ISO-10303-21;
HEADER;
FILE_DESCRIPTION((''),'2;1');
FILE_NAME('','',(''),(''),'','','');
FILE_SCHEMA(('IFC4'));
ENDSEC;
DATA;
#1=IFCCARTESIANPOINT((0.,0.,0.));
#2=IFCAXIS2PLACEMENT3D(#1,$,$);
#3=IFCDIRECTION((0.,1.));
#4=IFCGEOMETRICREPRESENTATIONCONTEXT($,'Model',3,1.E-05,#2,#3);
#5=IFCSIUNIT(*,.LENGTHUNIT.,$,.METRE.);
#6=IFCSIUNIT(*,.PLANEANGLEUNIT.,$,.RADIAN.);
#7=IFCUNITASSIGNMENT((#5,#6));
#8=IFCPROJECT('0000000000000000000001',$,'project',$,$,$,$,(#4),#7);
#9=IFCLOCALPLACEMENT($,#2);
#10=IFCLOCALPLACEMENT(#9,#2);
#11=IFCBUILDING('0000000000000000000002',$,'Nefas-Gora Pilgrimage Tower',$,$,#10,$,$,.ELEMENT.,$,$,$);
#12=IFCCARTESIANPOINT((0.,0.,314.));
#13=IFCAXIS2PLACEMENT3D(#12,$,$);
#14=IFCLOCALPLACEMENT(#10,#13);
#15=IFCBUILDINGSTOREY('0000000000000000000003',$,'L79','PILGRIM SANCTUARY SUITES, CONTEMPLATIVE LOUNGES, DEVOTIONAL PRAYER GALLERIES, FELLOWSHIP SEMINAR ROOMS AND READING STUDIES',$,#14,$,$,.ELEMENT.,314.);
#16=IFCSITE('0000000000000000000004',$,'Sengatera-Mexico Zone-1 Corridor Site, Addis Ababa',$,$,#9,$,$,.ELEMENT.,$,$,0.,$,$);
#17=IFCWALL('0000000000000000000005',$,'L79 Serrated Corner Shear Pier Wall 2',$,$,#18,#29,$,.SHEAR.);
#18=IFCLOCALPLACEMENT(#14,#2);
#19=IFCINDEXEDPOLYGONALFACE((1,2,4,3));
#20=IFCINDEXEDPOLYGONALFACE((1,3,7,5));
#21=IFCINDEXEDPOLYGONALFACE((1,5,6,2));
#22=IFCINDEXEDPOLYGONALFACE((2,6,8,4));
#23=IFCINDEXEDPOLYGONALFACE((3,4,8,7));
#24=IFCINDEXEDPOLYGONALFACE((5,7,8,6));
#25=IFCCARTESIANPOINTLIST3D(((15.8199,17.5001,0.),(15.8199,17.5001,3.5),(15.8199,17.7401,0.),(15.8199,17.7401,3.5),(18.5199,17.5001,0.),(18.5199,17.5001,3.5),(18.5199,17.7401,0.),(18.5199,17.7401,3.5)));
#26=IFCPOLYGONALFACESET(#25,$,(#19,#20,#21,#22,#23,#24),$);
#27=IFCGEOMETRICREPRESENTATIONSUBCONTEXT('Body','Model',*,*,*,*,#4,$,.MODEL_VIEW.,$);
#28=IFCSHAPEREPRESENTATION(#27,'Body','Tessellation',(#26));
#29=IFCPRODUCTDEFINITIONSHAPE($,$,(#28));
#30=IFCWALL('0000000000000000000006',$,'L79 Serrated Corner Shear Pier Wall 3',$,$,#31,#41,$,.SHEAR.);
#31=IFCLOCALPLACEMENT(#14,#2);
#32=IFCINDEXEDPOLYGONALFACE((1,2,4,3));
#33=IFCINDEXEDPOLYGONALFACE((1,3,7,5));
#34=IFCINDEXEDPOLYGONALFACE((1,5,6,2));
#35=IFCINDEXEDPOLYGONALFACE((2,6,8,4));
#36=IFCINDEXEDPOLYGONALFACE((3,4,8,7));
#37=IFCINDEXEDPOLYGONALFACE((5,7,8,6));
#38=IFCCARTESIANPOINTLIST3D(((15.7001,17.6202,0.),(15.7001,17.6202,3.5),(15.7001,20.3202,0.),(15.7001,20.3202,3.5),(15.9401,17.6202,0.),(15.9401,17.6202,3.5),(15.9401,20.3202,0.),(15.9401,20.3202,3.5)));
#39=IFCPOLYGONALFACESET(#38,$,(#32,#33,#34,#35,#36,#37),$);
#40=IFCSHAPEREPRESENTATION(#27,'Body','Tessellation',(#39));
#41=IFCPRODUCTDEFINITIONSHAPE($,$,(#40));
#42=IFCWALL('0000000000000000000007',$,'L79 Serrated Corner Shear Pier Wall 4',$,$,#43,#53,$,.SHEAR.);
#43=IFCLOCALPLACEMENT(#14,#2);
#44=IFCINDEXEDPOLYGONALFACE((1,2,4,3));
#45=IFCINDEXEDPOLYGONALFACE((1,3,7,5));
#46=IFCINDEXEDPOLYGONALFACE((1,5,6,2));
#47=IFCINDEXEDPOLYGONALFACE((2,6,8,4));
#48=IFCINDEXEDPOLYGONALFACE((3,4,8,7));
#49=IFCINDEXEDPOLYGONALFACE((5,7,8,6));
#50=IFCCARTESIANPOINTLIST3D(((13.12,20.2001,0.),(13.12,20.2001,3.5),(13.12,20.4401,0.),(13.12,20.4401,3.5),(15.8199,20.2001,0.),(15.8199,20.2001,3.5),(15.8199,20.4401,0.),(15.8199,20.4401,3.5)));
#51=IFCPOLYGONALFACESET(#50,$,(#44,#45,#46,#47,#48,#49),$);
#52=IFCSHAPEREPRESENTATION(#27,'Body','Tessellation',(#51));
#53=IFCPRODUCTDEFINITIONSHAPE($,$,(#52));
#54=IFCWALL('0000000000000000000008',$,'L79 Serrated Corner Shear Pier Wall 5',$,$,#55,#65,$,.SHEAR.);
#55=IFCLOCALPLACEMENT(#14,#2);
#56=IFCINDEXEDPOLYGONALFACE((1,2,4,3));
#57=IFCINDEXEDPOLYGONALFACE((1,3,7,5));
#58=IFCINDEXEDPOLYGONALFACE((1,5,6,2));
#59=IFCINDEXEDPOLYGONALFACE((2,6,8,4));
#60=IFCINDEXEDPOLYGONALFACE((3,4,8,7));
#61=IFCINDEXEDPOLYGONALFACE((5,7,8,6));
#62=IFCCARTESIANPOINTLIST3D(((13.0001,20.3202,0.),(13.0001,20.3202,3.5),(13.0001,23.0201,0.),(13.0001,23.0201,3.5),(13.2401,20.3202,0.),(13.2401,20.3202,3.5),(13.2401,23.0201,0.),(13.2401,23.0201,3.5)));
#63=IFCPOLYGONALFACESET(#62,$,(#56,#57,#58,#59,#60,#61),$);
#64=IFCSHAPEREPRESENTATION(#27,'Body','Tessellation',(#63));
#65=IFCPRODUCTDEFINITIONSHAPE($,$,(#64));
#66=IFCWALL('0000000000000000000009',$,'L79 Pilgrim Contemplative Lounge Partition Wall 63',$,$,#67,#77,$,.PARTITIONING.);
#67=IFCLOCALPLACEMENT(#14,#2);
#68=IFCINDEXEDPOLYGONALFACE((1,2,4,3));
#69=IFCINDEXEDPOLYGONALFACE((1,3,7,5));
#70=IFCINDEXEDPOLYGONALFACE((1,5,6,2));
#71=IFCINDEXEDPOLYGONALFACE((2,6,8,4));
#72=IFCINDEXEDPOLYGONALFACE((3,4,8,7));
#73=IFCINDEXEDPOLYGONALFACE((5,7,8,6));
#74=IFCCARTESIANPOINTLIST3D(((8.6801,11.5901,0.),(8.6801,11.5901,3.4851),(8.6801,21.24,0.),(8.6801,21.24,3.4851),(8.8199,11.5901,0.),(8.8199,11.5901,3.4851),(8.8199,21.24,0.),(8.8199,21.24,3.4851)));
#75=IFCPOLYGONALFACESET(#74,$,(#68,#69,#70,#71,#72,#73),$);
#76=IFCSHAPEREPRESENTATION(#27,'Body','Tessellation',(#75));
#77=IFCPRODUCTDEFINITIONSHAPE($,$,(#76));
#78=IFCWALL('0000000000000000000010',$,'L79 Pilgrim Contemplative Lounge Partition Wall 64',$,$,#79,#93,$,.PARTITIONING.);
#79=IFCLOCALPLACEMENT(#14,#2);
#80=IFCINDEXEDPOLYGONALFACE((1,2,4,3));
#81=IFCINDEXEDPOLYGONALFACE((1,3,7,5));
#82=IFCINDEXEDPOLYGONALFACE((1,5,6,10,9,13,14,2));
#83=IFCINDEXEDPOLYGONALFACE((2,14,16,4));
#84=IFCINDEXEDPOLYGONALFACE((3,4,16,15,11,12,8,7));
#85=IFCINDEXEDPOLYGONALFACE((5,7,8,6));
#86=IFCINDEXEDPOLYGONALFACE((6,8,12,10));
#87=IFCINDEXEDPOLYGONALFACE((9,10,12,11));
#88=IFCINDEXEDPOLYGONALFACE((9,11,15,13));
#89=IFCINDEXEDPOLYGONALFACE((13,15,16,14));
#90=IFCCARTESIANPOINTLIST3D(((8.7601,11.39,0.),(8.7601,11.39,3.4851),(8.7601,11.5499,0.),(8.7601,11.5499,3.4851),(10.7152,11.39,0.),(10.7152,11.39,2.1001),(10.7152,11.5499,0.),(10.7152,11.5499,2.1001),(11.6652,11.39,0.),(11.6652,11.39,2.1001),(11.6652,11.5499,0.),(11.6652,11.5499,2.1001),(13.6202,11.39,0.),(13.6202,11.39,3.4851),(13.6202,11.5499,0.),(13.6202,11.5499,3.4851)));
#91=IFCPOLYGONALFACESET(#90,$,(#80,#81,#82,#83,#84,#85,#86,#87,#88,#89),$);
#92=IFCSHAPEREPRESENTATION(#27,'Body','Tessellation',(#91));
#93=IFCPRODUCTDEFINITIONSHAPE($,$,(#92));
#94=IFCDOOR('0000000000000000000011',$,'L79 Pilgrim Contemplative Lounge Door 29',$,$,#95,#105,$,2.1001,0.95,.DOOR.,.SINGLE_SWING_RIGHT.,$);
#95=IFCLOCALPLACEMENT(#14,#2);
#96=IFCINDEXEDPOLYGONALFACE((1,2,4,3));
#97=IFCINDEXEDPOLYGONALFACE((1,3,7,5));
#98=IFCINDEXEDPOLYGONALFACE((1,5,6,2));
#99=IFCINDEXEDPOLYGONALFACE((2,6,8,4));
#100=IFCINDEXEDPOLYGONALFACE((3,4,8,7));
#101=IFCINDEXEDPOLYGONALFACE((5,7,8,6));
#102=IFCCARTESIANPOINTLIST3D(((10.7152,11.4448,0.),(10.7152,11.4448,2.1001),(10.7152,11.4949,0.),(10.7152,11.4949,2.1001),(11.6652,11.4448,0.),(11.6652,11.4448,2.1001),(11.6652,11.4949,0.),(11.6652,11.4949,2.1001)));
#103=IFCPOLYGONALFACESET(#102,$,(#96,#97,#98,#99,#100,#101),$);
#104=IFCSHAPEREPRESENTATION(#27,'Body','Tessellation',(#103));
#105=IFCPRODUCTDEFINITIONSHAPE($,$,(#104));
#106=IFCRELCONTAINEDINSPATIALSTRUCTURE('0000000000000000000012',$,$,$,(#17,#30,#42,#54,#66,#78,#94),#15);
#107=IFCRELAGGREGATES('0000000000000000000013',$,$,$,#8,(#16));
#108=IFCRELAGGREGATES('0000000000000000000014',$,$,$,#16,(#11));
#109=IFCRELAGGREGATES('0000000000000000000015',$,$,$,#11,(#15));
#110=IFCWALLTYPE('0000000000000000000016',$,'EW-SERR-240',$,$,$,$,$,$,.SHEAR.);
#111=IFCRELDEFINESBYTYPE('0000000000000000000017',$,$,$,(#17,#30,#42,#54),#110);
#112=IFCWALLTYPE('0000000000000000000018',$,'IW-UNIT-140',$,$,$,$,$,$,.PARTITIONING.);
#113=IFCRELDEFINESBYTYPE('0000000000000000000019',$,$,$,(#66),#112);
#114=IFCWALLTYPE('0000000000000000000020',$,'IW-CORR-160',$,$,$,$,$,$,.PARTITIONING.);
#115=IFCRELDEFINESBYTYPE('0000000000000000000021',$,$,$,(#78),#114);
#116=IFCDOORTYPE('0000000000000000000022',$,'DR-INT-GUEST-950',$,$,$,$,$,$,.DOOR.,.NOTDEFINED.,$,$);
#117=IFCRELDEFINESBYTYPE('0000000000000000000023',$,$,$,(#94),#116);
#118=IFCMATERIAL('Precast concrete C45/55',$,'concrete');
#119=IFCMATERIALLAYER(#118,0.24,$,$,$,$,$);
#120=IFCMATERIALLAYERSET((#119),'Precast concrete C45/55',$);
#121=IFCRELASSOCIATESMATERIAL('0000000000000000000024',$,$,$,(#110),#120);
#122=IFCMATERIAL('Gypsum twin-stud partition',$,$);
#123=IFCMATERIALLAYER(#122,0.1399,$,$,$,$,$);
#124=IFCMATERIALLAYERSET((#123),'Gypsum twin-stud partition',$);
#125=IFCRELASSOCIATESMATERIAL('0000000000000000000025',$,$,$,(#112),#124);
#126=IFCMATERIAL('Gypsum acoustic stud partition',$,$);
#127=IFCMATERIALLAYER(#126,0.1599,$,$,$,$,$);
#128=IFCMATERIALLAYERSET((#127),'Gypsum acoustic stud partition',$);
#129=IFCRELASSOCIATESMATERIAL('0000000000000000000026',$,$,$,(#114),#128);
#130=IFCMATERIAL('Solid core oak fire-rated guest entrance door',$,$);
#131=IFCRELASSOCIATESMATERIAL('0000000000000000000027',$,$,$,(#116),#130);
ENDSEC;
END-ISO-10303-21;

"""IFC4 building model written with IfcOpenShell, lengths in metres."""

from ifc_helpers import new_model, si_unit, direction, frame, frame_2d, origin, place, context, subcontext, project, spatial, rectangle, extrude, source, transform, mapped, material, layer, layer_set, type_object, element, fill, save


model = new_model("IFC4")

# Units and contexts
model_context = context("Model", 3, precision=1e-05, world=origin(), true_north=direction((0.0, 1.0)))
body_context = subcontext(model_context, "Body", "Model", "MODEL_VIEW")
ifc_project = project(units=[si_unit("LENGTHUNIT", "METRE"), si_unit("PLANEANGLEUNIT", "RADIAN")], contexts=[model_context])

# Site, building, storey
site_placement = place(None, origin())
site = spatial("IfcSite", under=ifc_project, at=site_placement, Name="Sengatera-Mexico Zone-1 Corridor Site, Addis Ababa", CompositionType="ELEMENT", RefElevation=0.0)
building_placement = place(site_placement, origin())
building = spatial("IfcBuilding", under=site, at=building_placement, Name="Nefas-Gora Pilgrimage Tower", CompositionType="ELEMENT")
storey_placement = place(building_placement, frame((0.0, 0.0, 314.0)))
storey = spatial("IfcBuildingStorey", under=building, at=storey_placement, Name="L79", Description="PILGRIM SANCTUARY SUITES, CONTEMPLATIVE LOUNGES, DEVOTIONAL PRAYER GALLERIES, FELLOWSHIP SEMINAR ROOMS AND READING STUDIES", CompositionType="ELEMENT", Elevation=314.0)

# Walls
ifc_material_1 = material(Name="Precast concrete C45/55", Category="concrete")
ifc_layer_1 = layer(ifc_material_1, 0.24)
ifc_layer_set_1 = layer_set([ifc_layer_1], Name="Precast concrete C45/55")
wall_type_1 = type_object("IfcWallType", Name="EW-SERR-240", PredefinedType="SHEAR", material=ifc_layer_set_1)
shared_shape_1 = source(origin(), body_context, "Body", "SweptSolid", [
    extrude(rectangle(XDim=2.7, YDim=0.24, at=frame_2d((1.3501, 0.0))), origin(), (0.0, 0.0, 1.0), 3.5),
])
for number, where, z_axis, x_axis, name in (
    (1, (18.52, 17.6201, 0.0), (0.0, 0.0, 1.0), (-1.0, 0.0, 0.0), "L79 Serrated Corner Shear Pier Wall 2"),
    (2, (15.8201, 17.6201, 0.0), (0.0, 0.0, 1.0), (0.0, 1.0, 0.0), "L79 Serrated Corner Shear Pier Wall 3"),
    (3, (15.8201, 20.3201, 0.0), (0.0, 0.0, 1.0), (-1.0, 0.0, 0.0), "L79 Serrated Corner Shear Pier Wall 4"),
    (4, (13.1201, 20.3201, 0.0), (0.0, 0.0, 1.0), (0.0, 1.0, 0.0), "L79 Serrated Corner Shear Pier Wall 5"),
):
    element("IfcWall", number, at=place(storey_placement, frame(where, z_axis=z_axis, x_axis=x_axis)), inside=storey, type_object=wall_type_1, Name=name, PredefinedType="SHEAR", context=body_context, shape_type="MappedRepresentation", body=[
        mapped(shared_shape_1, transform((0.0, 0.0, 0.0), x_axis=(1.0, 0.0, 0.0), y_axis=(0.0, 1.0, 0.0), z_axis=(0.0, 0.0, 1.0), scale=1.0)),
    ])
ifc_material_2 = material(Name="Gypsum twin-stud partition")
ifc_layer_2 = layer(ifc_material_2, 0.1399)
ifc_layer_set_2 = layer_set([ifc_layer_2], Name="Gypsum twin-stud partition")
wall_type_2 = type_object("IfcWallType", Name="IW-UNIT-140", PredefinedType="PARTITIONING", material=ifc_layer_set_2)
shared_shape_2 = source(origin(), body_context, "Body", "SweptSolid", [
    extrude(rectangle(XDim=9.6499, YDim=0.1399, at=frame_2d((4.825, 0.0))), origin(), (0.0, 0.0, 1.0), 3.4851),
])
wall_1_placement = place(storey_placement, frame((8.75, 11.5901, 0.0), z_axis=(0.0, 0.0, 1.0), x_axis=(0.0, 1.0, 0.0)))
element("IfcWall", 5, at=wall_1_placement, inside=storey, type_object=wall_type_2, Name="L79 Pilgrim Contemplative Lounge Partition Wall 63", PredefinedType="PARTITIONING", context=body_context, shape_type="MappedRepresentation", body=[
    mapped(shared_shape_2, transform((0.0, 0.0, 0.0), x_axis=(1.0, 0.0, 0.0), y_axis=(0.0, 1.0, 0.0), z_axis=(0.0, 0.0, 1.0), scale=1.0)),
])

# Wall, opening, door
ifc_material_3 = material(Name="Gypsum acoustic stud partition")
ifc_layer_3 = layer(ifc_material_3, 0.1599)
ifc_layer_set_3 = layer_set([ifc_layer_3], Name="Gypsum acoustic stud partition")
wall_type_3 = type_object("IfcWallType", Name="IW-CORR-160", PredefinedType="PARTITIONING", material=ifc_layer_set_3)
shared_shape_3 = source(origin(), body_context, "Body", "SweptSolid", [
    extrude(rectangle(XDim=4.8601, YDim=0.1599, at=frame_2d((2.4302, 0.0))), origin(), (0.0, 0.0, 1.0), 3.4851),
])
wall_2_placement = place(storey_placement, frame((8.76, 11.47, 0.0), z_axis=(0.0, 0.0, 1.0), x_axis=(1.0, 0.0, 0.0)))
wall_2 = element("IfcWall", 6, at=wall_2_placement, inside=storey, type_object=wall_type_3, Name="L79 Pilgrim Contemplative Lounge Partition Wall 64", PredefinedType="PARTITIONING", context=body_context, shape_type="MappedRepresentation", body=[
    mapped(shared_shape_3, transform((0.0, 0.0, 0.0), x_axis=(1.0, 0.0, 0.0), y_axis=(0.0, 1.0, 0.0), z_axis=(0.0, 0.0, 1.0), scale=1.0)),
])
opening_placement = place(wall_2_placement, frame((1.9551, 0.0, 0.0)))
opening = element("IfcOpeningElement", 7, at=opening_placement, cuts=wall_2, PredefinedType="OPENING", context=body_context, shape_type="SweptSolid", body=[
    extrude(rectangle(XDim=0.95, YDim=2.1001, at=frame_2d((0.4751, 1.05))), frame((0.0, 0.0898, 0.0), z_axis=(0.0, -1.0, 0.0), x_axis=(1.0, 0.0, 0.0)), (0.0, 0.0, 1.0), 0.1799),
])
ifc_material_4 = material(Name="Solid core oak fire-rated guest entrance door")
door_type = type_object("IfcDoorType", Name="DR-INT-GUEST-950", OperationType="NOTDEFINED", PredefinedType="DOOR", material=ifc_material_4)
shared_shape_4 = source(origin(), body_context, "Body", "SweptSolid", [
    extrude(rectangle(XDim=0.95, YDim=2.1001, at=frame_2d((0.4751, 1.05))), frame((0.0, 0.0249, 0.0), z_axis=(0.0, -1.0, 0.0), x_axis=(1.0, 0.0, 0.0)), (0.0, 0.0, 1.0), 0.05),
])
door_placement = place(opening_placement, origin())
door = element("IfcDoor", 8, at=door_placement, inside=storey, type_object=door_type, Name="L79 Pilgrim Contemplative Lounge Door 29", OperationType="SINGLE_SWING_RIGHT", OverallHeight=2.1001, OverallWidth=0.95, PredefinedType="DOOR", context=body_context, shape_type="MappedRepresentation", body=[
    mapped(shared_shape_4, transform((0.0, 0.0, 0.0), x_axis=(1.0, 0.0, 0.0), y_axis=(0.0, 1.0, 0.0), z_axis=(0.0, 0.0, 1.0), scale=1.0)),
])
fill(opening, door)

save(model, "model.ifc")
